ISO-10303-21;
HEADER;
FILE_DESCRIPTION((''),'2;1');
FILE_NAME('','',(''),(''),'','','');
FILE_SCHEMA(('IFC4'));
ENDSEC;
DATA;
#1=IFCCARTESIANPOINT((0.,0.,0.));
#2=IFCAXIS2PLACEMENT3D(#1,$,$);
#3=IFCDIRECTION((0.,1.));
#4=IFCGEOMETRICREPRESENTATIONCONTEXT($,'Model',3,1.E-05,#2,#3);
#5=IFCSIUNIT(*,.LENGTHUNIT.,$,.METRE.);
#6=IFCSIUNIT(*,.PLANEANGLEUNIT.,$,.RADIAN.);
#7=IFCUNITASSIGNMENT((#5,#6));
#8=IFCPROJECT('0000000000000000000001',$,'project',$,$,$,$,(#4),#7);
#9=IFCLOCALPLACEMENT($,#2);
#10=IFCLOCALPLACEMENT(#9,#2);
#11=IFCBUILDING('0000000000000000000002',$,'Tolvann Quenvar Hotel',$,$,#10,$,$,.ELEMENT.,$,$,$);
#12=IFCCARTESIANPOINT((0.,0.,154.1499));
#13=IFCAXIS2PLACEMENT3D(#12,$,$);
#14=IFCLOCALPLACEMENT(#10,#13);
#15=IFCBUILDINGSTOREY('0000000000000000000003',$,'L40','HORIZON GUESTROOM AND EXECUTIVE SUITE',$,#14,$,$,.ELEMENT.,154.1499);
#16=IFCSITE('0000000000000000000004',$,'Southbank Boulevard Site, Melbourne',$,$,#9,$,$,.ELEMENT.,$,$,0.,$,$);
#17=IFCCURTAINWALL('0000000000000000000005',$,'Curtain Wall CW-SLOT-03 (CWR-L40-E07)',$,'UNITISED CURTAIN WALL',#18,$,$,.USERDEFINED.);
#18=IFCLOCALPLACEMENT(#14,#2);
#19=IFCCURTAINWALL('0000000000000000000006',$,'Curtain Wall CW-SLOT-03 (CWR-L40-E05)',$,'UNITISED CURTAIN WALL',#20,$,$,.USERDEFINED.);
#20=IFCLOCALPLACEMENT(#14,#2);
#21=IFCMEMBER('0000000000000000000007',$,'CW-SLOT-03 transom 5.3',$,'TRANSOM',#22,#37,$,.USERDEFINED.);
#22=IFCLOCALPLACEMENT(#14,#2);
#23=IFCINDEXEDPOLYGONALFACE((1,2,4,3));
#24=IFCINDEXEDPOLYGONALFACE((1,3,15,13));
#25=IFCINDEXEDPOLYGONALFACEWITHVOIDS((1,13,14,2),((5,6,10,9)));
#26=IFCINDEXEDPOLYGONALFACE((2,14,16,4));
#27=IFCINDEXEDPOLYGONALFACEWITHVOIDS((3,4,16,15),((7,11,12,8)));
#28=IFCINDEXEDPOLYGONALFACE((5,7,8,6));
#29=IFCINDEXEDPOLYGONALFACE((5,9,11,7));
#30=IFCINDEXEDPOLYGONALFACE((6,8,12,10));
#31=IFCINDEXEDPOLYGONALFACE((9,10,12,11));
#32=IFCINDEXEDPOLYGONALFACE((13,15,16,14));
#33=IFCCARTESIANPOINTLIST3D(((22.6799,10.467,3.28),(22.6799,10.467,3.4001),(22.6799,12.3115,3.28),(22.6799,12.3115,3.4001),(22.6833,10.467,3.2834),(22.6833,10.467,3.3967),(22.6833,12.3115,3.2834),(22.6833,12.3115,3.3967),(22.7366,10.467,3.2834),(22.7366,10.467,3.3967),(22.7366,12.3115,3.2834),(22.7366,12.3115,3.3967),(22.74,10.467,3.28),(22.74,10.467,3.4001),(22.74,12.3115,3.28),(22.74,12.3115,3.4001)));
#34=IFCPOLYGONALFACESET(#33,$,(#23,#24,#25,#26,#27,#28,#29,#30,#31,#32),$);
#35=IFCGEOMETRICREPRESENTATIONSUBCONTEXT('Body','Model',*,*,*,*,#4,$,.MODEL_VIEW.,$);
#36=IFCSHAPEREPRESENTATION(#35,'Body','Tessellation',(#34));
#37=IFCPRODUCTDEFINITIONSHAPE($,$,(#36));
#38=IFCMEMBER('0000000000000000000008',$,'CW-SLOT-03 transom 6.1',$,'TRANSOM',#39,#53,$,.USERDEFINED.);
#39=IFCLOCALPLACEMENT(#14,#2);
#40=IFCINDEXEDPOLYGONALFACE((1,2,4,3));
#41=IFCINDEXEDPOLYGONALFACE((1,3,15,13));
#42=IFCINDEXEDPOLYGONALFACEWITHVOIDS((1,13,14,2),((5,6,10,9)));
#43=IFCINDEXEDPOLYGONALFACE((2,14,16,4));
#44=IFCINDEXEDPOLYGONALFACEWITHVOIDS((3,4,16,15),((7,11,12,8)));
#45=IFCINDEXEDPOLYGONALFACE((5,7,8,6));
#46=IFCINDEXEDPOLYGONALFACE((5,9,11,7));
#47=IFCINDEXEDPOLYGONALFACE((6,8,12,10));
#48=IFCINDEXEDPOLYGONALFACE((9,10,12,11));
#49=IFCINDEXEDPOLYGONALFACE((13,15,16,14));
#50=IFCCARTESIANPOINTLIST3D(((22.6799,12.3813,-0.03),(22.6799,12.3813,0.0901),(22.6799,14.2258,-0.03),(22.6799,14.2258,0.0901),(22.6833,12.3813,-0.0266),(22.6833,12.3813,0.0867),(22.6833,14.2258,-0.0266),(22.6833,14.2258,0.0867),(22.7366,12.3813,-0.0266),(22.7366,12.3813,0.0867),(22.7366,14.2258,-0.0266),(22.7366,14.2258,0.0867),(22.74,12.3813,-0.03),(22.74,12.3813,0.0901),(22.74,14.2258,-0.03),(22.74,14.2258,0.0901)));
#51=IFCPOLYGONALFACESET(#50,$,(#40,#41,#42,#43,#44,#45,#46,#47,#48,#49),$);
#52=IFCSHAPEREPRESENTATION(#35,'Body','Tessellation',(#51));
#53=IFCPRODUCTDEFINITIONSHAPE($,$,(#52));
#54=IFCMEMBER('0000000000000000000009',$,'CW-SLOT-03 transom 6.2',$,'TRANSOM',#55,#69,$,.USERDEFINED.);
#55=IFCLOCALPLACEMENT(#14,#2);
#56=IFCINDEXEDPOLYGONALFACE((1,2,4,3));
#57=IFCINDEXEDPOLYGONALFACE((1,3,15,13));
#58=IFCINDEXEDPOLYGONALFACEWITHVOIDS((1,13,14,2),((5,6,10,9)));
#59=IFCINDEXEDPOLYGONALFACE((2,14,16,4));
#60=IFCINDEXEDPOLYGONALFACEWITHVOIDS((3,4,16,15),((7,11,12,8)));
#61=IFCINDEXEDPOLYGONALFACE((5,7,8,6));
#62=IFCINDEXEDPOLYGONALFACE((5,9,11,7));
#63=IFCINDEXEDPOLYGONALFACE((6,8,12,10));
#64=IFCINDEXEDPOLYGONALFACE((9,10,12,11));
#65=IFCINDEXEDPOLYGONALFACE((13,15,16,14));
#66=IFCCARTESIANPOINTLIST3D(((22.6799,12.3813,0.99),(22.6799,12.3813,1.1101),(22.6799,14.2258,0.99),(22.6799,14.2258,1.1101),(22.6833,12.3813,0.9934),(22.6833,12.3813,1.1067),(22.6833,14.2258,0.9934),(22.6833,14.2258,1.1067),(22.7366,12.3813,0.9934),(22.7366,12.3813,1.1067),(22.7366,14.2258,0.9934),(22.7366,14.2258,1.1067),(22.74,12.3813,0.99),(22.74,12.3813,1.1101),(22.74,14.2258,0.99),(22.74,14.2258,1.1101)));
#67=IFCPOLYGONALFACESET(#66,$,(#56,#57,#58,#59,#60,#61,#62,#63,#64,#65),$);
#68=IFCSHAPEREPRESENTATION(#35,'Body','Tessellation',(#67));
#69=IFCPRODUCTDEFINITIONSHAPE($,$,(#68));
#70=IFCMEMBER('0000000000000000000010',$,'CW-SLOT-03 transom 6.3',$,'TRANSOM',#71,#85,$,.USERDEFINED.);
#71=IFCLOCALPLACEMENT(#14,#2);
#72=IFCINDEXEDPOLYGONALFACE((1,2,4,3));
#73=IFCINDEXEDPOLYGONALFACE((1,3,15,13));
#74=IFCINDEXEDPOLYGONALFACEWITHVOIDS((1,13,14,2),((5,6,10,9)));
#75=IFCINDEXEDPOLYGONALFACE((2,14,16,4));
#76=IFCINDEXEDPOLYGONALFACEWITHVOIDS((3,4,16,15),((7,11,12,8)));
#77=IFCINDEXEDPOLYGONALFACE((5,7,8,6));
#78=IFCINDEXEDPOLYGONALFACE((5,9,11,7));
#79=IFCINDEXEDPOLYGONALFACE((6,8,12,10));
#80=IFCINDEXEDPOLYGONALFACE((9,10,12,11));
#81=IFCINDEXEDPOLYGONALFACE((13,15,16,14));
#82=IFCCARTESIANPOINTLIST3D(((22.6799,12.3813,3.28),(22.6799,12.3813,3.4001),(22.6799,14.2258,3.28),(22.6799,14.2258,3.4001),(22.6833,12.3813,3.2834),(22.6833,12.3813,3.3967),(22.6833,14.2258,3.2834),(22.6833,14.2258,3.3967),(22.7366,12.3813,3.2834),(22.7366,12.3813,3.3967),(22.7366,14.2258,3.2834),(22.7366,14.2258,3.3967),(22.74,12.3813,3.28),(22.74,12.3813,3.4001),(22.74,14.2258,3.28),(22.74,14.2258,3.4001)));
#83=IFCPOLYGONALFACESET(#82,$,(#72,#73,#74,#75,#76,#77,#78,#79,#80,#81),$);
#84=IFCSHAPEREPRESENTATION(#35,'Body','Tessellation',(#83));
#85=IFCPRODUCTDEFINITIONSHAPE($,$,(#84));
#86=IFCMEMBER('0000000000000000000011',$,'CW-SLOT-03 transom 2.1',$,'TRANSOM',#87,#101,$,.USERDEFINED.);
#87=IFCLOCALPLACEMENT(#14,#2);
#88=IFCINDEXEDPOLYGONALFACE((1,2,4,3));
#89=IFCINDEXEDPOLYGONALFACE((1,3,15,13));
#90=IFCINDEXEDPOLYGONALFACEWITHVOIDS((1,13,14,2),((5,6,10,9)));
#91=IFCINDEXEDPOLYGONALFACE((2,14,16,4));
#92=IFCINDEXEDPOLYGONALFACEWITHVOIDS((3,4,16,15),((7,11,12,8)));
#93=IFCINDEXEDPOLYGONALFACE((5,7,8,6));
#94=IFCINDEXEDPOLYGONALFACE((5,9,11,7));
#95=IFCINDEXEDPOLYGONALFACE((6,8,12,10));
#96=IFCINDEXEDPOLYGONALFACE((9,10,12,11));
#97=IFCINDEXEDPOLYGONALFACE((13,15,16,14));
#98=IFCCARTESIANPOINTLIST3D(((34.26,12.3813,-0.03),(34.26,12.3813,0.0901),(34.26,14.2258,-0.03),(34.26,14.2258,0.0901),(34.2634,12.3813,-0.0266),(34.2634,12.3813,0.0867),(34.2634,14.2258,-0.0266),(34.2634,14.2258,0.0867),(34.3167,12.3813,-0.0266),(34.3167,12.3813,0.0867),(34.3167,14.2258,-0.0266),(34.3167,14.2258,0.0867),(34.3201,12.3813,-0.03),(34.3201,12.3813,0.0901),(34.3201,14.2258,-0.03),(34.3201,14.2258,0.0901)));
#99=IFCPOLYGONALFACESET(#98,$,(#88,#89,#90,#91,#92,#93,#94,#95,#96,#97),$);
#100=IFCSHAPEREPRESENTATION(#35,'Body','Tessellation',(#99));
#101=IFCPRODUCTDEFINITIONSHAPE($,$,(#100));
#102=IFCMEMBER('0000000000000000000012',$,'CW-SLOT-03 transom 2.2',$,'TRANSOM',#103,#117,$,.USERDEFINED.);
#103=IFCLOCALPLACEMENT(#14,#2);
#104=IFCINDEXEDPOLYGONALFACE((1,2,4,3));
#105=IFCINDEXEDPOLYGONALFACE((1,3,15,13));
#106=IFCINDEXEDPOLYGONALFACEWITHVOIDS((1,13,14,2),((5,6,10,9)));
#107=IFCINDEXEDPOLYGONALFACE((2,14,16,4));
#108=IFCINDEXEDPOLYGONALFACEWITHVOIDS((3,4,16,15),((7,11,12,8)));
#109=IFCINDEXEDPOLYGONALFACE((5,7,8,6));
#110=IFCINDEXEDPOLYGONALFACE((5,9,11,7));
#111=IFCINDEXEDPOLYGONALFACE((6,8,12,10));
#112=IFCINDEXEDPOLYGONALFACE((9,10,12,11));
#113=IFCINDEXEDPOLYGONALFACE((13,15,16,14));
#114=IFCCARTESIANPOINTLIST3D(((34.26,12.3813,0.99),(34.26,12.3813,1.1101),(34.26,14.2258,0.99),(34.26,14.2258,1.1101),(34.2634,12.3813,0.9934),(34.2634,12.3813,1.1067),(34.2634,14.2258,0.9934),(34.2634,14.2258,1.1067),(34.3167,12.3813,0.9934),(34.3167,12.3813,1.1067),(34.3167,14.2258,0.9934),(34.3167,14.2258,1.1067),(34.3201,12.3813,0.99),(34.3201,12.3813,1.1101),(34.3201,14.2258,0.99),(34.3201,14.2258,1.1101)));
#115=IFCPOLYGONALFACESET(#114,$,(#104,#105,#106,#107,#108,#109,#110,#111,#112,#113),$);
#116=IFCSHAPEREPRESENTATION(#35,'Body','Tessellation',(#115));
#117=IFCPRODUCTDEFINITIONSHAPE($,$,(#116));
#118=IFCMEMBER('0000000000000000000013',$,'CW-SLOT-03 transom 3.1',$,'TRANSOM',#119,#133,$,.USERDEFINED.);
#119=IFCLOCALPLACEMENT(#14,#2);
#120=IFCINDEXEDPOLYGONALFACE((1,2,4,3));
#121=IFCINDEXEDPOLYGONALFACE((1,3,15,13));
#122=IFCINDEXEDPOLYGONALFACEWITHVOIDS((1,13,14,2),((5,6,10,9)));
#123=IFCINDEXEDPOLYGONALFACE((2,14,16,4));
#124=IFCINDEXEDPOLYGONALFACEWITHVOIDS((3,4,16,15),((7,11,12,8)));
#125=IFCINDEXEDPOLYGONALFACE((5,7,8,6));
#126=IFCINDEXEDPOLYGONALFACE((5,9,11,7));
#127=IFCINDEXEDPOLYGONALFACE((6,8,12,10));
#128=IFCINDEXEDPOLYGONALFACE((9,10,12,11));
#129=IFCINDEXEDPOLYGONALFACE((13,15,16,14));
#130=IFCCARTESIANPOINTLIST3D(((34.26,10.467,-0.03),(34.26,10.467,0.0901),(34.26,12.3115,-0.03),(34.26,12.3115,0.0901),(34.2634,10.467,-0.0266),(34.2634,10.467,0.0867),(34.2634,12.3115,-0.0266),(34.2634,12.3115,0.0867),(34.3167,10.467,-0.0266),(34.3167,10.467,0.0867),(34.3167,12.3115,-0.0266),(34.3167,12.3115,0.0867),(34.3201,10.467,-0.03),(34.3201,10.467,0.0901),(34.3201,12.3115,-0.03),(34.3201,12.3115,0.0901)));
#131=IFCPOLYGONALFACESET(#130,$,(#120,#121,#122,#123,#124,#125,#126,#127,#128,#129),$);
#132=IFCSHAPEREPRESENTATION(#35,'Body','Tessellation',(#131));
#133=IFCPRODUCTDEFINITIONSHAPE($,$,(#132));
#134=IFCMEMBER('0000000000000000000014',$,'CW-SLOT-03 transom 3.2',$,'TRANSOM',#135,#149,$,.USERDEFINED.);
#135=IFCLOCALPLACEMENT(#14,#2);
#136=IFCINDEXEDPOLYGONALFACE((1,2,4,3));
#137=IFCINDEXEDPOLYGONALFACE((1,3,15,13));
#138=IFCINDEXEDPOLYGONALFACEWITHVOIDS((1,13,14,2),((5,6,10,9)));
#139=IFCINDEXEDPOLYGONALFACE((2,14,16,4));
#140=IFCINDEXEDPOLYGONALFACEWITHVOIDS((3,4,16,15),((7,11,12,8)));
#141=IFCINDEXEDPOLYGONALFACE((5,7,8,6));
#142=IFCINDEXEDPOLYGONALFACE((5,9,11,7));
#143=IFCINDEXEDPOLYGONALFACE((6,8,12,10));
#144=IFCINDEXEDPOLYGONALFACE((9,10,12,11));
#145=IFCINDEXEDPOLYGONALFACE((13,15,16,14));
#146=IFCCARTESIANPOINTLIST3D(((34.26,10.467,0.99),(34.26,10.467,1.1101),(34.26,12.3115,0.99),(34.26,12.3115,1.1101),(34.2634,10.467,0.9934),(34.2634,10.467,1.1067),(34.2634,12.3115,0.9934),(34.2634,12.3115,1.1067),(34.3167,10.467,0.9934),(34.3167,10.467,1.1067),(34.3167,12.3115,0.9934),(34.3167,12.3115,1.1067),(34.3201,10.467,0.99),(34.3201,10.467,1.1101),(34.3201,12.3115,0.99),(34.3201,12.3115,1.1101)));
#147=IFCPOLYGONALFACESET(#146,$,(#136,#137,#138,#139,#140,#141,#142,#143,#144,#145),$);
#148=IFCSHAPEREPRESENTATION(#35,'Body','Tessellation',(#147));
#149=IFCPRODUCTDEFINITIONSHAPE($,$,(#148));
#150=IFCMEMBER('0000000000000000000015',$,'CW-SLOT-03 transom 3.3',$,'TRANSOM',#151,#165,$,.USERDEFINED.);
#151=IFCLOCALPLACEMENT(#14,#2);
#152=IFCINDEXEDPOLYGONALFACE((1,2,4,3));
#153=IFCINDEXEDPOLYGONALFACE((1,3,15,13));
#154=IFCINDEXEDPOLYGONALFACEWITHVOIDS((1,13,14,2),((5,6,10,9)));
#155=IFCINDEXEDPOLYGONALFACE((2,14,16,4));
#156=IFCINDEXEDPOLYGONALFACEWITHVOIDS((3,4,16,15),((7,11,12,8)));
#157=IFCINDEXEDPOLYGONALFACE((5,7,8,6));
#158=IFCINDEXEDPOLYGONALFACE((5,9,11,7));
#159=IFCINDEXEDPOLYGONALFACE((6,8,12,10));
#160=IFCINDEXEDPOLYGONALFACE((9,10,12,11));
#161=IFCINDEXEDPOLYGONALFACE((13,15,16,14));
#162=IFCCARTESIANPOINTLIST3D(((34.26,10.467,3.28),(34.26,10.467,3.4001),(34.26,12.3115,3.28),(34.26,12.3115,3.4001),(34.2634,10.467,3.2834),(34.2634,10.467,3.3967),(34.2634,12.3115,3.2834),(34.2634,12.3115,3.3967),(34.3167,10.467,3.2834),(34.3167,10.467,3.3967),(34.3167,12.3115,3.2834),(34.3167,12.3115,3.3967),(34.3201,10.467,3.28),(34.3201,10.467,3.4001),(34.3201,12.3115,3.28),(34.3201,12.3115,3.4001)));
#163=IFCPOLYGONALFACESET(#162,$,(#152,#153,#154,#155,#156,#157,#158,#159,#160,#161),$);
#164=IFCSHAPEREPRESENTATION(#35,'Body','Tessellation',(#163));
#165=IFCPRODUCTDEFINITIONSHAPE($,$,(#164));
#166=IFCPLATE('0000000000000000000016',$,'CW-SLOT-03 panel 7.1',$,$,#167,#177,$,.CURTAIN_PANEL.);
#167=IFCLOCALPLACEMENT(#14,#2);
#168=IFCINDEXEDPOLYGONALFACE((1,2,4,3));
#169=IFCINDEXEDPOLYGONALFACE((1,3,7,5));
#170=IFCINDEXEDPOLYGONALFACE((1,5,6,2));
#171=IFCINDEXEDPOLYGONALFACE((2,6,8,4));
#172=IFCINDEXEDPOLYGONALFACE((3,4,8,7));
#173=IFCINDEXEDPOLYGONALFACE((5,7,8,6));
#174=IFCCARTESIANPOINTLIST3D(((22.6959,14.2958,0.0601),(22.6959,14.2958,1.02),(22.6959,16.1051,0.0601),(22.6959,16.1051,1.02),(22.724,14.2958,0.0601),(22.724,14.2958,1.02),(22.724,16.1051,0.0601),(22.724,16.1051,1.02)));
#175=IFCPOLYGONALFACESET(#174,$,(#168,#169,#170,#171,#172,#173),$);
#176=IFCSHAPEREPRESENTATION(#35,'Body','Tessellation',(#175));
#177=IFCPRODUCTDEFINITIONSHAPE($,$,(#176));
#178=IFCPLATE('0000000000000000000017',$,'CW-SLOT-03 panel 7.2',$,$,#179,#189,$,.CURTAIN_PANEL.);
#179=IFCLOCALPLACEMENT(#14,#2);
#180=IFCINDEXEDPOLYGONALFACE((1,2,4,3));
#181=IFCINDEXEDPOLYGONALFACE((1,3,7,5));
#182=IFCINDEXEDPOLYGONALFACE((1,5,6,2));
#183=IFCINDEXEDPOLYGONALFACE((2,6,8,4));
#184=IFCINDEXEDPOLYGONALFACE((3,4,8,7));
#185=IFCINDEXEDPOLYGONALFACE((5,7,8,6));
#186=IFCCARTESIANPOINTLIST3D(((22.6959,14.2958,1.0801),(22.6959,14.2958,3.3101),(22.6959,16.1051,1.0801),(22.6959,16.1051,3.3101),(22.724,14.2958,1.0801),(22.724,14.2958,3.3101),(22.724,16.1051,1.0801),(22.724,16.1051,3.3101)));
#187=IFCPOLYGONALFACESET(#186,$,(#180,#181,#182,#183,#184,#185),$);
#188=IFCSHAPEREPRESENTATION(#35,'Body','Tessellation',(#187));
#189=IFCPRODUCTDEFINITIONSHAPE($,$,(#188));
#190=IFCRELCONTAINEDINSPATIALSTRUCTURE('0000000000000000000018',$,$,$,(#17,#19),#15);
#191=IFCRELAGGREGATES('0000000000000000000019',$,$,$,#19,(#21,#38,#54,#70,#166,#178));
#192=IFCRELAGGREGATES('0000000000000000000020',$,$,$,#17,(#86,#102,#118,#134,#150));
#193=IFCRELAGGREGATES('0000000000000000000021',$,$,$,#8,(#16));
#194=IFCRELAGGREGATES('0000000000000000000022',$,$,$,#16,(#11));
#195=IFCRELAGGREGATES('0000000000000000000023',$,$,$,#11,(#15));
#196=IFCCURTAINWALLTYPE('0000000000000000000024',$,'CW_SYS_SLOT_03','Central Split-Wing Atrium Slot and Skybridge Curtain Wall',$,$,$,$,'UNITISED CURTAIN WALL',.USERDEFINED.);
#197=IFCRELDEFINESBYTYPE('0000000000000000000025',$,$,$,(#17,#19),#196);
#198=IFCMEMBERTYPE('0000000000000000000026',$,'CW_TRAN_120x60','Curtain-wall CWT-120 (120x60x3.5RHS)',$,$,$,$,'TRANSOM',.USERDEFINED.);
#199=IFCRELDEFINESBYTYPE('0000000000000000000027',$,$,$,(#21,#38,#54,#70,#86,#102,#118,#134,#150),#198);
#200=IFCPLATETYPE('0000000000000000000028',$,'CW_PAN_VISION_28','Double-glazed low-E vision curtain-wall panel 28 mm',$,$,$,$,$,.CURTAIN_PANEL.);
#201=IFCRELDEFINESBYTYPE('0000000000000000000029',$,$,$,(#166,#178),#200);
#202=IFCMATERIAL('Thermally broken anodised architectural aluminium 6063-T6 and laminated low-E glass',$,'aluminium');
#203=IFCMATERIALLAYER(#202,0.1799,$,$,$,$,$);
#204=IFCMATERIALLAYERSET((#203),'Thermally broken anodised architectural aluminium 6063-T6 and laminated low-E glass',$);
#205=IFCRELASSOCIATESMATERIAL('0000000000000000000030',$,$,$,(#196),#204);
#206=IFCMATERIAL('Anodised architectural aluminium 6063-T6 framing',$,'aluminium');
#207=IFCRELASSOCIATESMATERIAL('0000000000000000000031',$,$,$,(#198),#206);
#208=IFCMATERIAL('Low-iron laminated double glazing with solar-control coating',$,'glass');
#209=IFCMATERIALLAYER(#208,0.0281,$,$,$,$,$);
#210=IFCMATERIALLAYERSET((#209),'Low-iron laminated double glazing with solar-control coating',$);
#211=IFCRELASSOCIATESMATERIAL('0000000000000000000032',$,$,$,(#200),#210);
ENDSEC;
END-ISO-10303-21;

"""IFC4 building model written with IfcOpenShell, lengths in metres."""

from ifc_helpers import new_model, si_unit, direction, frame, origin, origin_2d, place, context, subcontext, project, spatial, rectangle, hollow_rectangle, extrude, source, transform, mapped, material, layer, layer_set, material_profile, profile_set, type_object, element, aggregate, save


model = new_model("IFC4")

# Units and contexts
model_context = context("Model", 3, precision=1e-05, world=origin(), true_north=direction((0.0, 1.0)))
body_context = subcontext(model_context, "Body", "Model", "MODEL_VIEW")
ifc_project = project(units=[si_unit("LENGTHUNIT", "METRE"), si_unit("PLANEANGLEUNIT", "RADIAN")], contexts=[model_context])

# Site, building, storey
site_placement = place(None, origin())
site = spatial("IfcSite", under=ifc_project, at=site_placement, Name="Southbank Boulevard Site, Melbourne", CompositionType="ELEMENT", RefElevation=0.0)
building_placement = place(site_placement, origin())
building = spatial("IfcBuilding", under=site, at=building_placement, Name="Tolvann Quenvar Hotel", CompositionType="ELEMENT")
storey_placement = place(building_placement, frame((0.0, 0.0, 154.1499)))
storey = spatial("IfcBuildingStorey", under=building, at=storey_placement, Name="L40", Description="HORIZON GUESTROOM AND EXECUTIVE SUITE", CompositionType="ELEMENT", Elevation=154.1499)

# Curtain walls
ifc_material_1 = material(Name="Thermally broken anodised architectural aluminium 6063-T6 and laminated low-E glass", Category="aluminium")
ifc_layer_1 = layer(ifc_material_1, 0.1799)
ifc_layer_set_1 = layer_set([ifc_layer_1], Name="Thermally broken anodised architectural aluminium 6063-T6 and laminated low-E glass")
curtain_wall_type = type_object("IfcCurtainWallType", Name="CW_SYS_SLOT_03", Description="Central Split-Wing Atrium Slot and Skybridge Curtain Wall", ElementType="UNITISED CURTAIN WALL", PredefinedType="USERDEFINED", material=ifc_layer_set_1)
curtain_wall_1_placement = place(storey_placement, origin())
curtain_wall_1 = element("IfcCurtainWall", 1, at=curtain_wall_1_placement, inside=storey, type_object=curtain_wall_type, Name="Curtain Wall CW-SLOT-03 (CWR-L40-E07)", ObjectType="UNITISED CURTAIN WALL", PredefinedType="USERDEFINED")
ifc_material_2 = material(Name="Anodised architectural aluminium 6063-T6 framing", Category="aluminium")
curtain_wall_2_placement = place(storey_placement, origin())
curtain_wall_2 = element("IfcCurtainWall", 2, at=curtain_wall_2_placement, inside=storey, type_object=curtain_wall_type, Name="Curtain Wall CW-SLOT-03 (CWR-L40-E05)", ObjectType="UNITISED CURTAIN WALL", PredefinedType="USERDEFINED")
ifc_material_profile_1 = material_profile(ifc_material_2, hollow_rectangle(XDim=0.0601, YDim=0.1201, WallThickness=0.0034, at=origin_2d()), Name="120x60x3.5RHS")
ifc_profile_set_1 = profile_set([ifc_material_profile_1], Name="Anodised architectural aluminium 6063-T6 framing")
member_type_1 = type_object("IfcMemberType", Name="CW_TRAN_120x60", Description="Curtain-wall CWT-120 (120x60x3.5RHS)", ElementType="TRANSOM", PredefinedType="USERDEFINED", material=ifc_profile_set_1)

# Members
shared_shape_1 = source(origin(), body_context, "Body", "SweptSolid", [
    extrude(hollow_rectangle(XDim=0.0601, YDim=0.1201, WallThickness=0.0034, at=origin_2d()), origin(), (0.0, 0.0, 1.0), 1.8445),
])
member_1_placement = place(storey_placement, frame((22.71, 10.467, 3.3401), z_axis=(0.0, 1.0, 0.0), x_axis=(-1.0, 0.0, 0.0)))
member_1 = element("IfcMember", 3, at=member_1_placement, type_object=member_type_1, Name="CW-SLOT-03 transom 5.3", ObjectType="TRANSOM", PredefinedType="USERDEFINED", context=body_context, shape_type="MappedRepresentation", body=[
    mapped(shared_shape_1, transform((0.0, 0.0, 0.0), x_axis=(1.0, 0.0, 0.0), y_axis=(0.0, 1.0, 0.0), z_axis=(0.0, 0.0, 1.0), scale=1.0)),
])
member_2_placement = place(storey_placement, frame((22.71, 12.3813, 0.03), z_axis=(0.0, 1.0, 0.0), x_axis=(-1.0, 0.0, 0.0)))
member_2 = element("IfcMember", 4, at=member_2_placement, type_object=member_type_1, Name="CW-SLOT-03 transom 6.1", ObjectType="TRANSOM", PredefinedType="USERDEFINED", context=body_context, shape_type="MappedRepresentation", body=[
    mapped(shared_shape_1, transform((0.0, 0.0, 0.0), x_axis=(1.0, 0.0, 0.0), y_axis=(0.0, 1.0, 0.0), z_axis=(0.0, 0.0, 1.0), scale=1.0)),
])
member_3_placement = place(storey_placement, frame((22.71, 12.3813, 1.05), z_axis=(0.0, 1.0, 0.0), x_axis=(-1.0, 0.0, 0.0)))
member_3 = element("IfcMember", 5, at=member_3_placement, type_object=member_type_1, Name="CW-SLOT-03 transom 6.2", ObjectType="TRANSOM", PredefinedType="USERDEFINED", context=body_context, shape_type="MappedRepresentation", body=[
    mapped(shared_shape_1, transform((0.0, 0.0, 0.0), x_axis=(1.0, 0.0, 0.0), y_axis=(0.0, 1.0, 0.0), z_axis=(0.0, 0.0, 1.0), scale=1.0)),
])
member_4_placement = place(storey_placement, frame((22.71, 12.3813, 3.3401), z_axis=(0.0, 1.0, 0.0), x_axis=(-1.0, 0.0, 0.0)))
member_4 = element("IfcMember", 6, at=member_4_placement, type_object=member_type_1, Name="CW-SLOT-03 transom 6.3", ObjectType="TRANSOM", PredefinedType="USERDEFINED", context=body_context, shape_type="MappedRepresentation", body=[
    mapped(shared_shape_1, transform((0.0, 0.0, 0.0), x_axis=(1.0, 0.0, 0.0), y_axis=(0.0, 1.0, 0.0), z_axis=(0.0, 0.0, 1.0), scale=1.0)),
])
member_5_placement = place(storey_placement, frame((34.29, 14.2258, 0.03), z_axis=(0.0, -1.0, 0.0), x_axis=(1.0, 0.0, 0.0)))
member_5 = element("IfcMember", 7, at=member_5_placement, type_object=member_type_1, Name="CW-SLOT-03 transom 2.1", ObjectType="TRANSOM", PredefinedType="USERDEFINED", context=body_context, shape_type="MappedRepresentation", body=[
    mapped(shared_shape_1, transform((0.0, 0.0, 0.0), x_axis=(1.0, 0.0, 0.0), y_axis=(0.0, 1.0, 0.0), z_axis=(0.0, 0.0, 1.0), scale=1.0)),
])
member_6_placement = place(storey_placement, frame((34.29, 14.2258, 1.05), z_axis=(0.0, -1.0, 0.0), x_axis=(1.0, 0.0, 0.0)))
member_6 = element("IfcMember", 8, at=member_6_placement, type_object=member_type_1, Name="CW-SLOT-03 transom 2.2", ObjectType="TRANSOM", PredefinedType="USERDEFINED", context=body_context, shape_type="MappedRepresentation", body=[
    mapped(shared_shape_1, transform((0.0, 0.0, 0.0), x_axis=(1.0, 0.0, 0.0), y_axis=(0.0, 1.0, 0.0), z_axis=(0.0, 0.0, 1.0), scale=1.0)),
])
member_7_placement = place(storey_placement, frame((34.29, 12.3115, 0.03), z_axis=(0.0, -1.0, 0.0), x_axis=(1.0, 0.0, 0.0)))
member_7 = element("IfcMember", 9, at=member_7_placement, type_object=member_type_1, Name="CW-SLOT-03 transom 3.1", ObjectType="TRANSOM", PredefinedType="USERDEFINED", context=body_context, shape_type="MappedRepresentation", body=[
    mapped(shared_shape_1, transform((0.0, 0.0, 0.0), x_axis=(1.0, 0.0, 0.0), y_axis=(0.0, 1.0, 0.0), z_axis=(0.0, 0.0, 1.0), scale=1.0)),
])
member_8_placement = place(storey_placement, frame((34.29, 12.3115, 1.05), z_axis=(0.0, -1.0, 0.0), x_axis=(1.0, 0.0, 0.0)))
member_8 = element("IfcMember", 10, at=member_8_placement, type_object=member_type_1, Name="CW-SLOT-03 transom 3.2", ObjectType="TRANSOM", PredefinedType="USERDEFINED", context=body_context, shape_type="MappedRepresentation", body=[
    mapped(shared_shape_1, transform((0.0, 0.0, 0.0), x_axis=(1.0, 0.0, 0.0), y_axis=(0.0, 1.0, 0.0), z_axis=(0.0, 0.0, 1.0), scale=1.0)),
])
member_9_placement = place(storey_placement, frame((34.29, 12.3115, 3.3401), z_axis=(0.0, -1.0, 0.0), x_axis=(1.0, 0.0, 0.0)))
member_9 = element("IfcMember", 11, at=member_9_placement, type_object=member_type_1, Name="CW-SLOT-03 transom 3.3", ObjectType="TRANSOM", PredefinedType="USERDEFINED", context=body_context, shape_type="MappedRepresentation", body=[
    mapped(shared_shape_1, transform((0.0, 0.0, 0.0), x_axis=(1.0, 0.0, 0.0), y_axis=(0.0, 1.0, 0.0), z_axis=(0.0, 0.0, 1.0), scale=1.0)),
])

# Plates
ifc_material_3 = material(Name="Low-iron laminated double glazing with solar-control coating", Category="glass")
ifc_layer_2 = layer(ifc_material_3, 0.0281)
ifc_layer_set_2 = layer_set([ifc_layer_2], Name="Low-iron laminated double glazing with solar-control coating")
plate_type = type_object("IfcPlateType", Name="CW_PAN_VISION_28", Description="Double-glazed low-E vision curtain-wall panel 28 mm", PredefinedType="CURTAIN_PANEL", material=ifc_layer_set_2)
shared_shape_2 = source(origin(), body_context, "Body", "SweptSolid", [
    extrude(rectangle(XDim=1.8093, YDim=0.0281, at=origin_2d()), origin(), (0.0, 0.0, 1.0), 0.96),
])
plate_1_placement = place(storey_placement, frame((22.71, 15.2004, 0.0601), z_axis=(0.0, 0.0, 1.0), x_axis=(0.0, 1.0, 0.0)))
plate_1 = element("IfcPlate", 12, at=plate_1_placement, type_object=plate_type, Name="CW-SLOT-03 panel 7.1", PredefinedType="CURTAIN_PANEL", context=body_context, shape_type="MappedRepresentation", body=[
    mapped(shared_shape_2, transform((0.0, 0.0, 0.0), x_axis=(1.0, 0.0, 0.0), y_axis=(0.0, 1.0, 0.0), z_axis=(0.0, 0.0, 1.0), scale=1.0)),
])
shared_shape_3 = source(origin(), body_context, "Body", "SweptSolid", [
    extrude(rectangle(XDim=1.8093, YDim=0.0281, at=origin_2d()), origin(), (0.0, 0.0, 1.0), 2.23),
])
plate_2_placement = place(storey_placement, frame((22.71, 15.2004, 1.0801), z_axis=(0.0, 0.0, 1.0), x_axis=(0.0, 1.0, 0.0)))
plate_2 = element("IfcPlate", 13, at=plate_2_placement, type_object=plate_type, Name="CW-SLOT-03 panel 7.2", PredefinedType="CURTAIN_PANEL", context=body_context, shape_type="MappedRepresentation", body=[
    mapped(shared_shape_3, transform((0.0, 0.0, 0.0), x_axis=(1.0, 0.0, 0.0), y_axis=(0.0, 1.0, 0.0), z_axis=(0.0, 0.0, 1.0), scale=1.0)),
])
aggregate(curtain_wall_2, [member_1, member_2, member_3, member_4, plate_1, plate_2])
aggregate(curtain_wall_1, [member_5, member_6, member_7, member_8, member_9])

save(model, "model.ifc")
